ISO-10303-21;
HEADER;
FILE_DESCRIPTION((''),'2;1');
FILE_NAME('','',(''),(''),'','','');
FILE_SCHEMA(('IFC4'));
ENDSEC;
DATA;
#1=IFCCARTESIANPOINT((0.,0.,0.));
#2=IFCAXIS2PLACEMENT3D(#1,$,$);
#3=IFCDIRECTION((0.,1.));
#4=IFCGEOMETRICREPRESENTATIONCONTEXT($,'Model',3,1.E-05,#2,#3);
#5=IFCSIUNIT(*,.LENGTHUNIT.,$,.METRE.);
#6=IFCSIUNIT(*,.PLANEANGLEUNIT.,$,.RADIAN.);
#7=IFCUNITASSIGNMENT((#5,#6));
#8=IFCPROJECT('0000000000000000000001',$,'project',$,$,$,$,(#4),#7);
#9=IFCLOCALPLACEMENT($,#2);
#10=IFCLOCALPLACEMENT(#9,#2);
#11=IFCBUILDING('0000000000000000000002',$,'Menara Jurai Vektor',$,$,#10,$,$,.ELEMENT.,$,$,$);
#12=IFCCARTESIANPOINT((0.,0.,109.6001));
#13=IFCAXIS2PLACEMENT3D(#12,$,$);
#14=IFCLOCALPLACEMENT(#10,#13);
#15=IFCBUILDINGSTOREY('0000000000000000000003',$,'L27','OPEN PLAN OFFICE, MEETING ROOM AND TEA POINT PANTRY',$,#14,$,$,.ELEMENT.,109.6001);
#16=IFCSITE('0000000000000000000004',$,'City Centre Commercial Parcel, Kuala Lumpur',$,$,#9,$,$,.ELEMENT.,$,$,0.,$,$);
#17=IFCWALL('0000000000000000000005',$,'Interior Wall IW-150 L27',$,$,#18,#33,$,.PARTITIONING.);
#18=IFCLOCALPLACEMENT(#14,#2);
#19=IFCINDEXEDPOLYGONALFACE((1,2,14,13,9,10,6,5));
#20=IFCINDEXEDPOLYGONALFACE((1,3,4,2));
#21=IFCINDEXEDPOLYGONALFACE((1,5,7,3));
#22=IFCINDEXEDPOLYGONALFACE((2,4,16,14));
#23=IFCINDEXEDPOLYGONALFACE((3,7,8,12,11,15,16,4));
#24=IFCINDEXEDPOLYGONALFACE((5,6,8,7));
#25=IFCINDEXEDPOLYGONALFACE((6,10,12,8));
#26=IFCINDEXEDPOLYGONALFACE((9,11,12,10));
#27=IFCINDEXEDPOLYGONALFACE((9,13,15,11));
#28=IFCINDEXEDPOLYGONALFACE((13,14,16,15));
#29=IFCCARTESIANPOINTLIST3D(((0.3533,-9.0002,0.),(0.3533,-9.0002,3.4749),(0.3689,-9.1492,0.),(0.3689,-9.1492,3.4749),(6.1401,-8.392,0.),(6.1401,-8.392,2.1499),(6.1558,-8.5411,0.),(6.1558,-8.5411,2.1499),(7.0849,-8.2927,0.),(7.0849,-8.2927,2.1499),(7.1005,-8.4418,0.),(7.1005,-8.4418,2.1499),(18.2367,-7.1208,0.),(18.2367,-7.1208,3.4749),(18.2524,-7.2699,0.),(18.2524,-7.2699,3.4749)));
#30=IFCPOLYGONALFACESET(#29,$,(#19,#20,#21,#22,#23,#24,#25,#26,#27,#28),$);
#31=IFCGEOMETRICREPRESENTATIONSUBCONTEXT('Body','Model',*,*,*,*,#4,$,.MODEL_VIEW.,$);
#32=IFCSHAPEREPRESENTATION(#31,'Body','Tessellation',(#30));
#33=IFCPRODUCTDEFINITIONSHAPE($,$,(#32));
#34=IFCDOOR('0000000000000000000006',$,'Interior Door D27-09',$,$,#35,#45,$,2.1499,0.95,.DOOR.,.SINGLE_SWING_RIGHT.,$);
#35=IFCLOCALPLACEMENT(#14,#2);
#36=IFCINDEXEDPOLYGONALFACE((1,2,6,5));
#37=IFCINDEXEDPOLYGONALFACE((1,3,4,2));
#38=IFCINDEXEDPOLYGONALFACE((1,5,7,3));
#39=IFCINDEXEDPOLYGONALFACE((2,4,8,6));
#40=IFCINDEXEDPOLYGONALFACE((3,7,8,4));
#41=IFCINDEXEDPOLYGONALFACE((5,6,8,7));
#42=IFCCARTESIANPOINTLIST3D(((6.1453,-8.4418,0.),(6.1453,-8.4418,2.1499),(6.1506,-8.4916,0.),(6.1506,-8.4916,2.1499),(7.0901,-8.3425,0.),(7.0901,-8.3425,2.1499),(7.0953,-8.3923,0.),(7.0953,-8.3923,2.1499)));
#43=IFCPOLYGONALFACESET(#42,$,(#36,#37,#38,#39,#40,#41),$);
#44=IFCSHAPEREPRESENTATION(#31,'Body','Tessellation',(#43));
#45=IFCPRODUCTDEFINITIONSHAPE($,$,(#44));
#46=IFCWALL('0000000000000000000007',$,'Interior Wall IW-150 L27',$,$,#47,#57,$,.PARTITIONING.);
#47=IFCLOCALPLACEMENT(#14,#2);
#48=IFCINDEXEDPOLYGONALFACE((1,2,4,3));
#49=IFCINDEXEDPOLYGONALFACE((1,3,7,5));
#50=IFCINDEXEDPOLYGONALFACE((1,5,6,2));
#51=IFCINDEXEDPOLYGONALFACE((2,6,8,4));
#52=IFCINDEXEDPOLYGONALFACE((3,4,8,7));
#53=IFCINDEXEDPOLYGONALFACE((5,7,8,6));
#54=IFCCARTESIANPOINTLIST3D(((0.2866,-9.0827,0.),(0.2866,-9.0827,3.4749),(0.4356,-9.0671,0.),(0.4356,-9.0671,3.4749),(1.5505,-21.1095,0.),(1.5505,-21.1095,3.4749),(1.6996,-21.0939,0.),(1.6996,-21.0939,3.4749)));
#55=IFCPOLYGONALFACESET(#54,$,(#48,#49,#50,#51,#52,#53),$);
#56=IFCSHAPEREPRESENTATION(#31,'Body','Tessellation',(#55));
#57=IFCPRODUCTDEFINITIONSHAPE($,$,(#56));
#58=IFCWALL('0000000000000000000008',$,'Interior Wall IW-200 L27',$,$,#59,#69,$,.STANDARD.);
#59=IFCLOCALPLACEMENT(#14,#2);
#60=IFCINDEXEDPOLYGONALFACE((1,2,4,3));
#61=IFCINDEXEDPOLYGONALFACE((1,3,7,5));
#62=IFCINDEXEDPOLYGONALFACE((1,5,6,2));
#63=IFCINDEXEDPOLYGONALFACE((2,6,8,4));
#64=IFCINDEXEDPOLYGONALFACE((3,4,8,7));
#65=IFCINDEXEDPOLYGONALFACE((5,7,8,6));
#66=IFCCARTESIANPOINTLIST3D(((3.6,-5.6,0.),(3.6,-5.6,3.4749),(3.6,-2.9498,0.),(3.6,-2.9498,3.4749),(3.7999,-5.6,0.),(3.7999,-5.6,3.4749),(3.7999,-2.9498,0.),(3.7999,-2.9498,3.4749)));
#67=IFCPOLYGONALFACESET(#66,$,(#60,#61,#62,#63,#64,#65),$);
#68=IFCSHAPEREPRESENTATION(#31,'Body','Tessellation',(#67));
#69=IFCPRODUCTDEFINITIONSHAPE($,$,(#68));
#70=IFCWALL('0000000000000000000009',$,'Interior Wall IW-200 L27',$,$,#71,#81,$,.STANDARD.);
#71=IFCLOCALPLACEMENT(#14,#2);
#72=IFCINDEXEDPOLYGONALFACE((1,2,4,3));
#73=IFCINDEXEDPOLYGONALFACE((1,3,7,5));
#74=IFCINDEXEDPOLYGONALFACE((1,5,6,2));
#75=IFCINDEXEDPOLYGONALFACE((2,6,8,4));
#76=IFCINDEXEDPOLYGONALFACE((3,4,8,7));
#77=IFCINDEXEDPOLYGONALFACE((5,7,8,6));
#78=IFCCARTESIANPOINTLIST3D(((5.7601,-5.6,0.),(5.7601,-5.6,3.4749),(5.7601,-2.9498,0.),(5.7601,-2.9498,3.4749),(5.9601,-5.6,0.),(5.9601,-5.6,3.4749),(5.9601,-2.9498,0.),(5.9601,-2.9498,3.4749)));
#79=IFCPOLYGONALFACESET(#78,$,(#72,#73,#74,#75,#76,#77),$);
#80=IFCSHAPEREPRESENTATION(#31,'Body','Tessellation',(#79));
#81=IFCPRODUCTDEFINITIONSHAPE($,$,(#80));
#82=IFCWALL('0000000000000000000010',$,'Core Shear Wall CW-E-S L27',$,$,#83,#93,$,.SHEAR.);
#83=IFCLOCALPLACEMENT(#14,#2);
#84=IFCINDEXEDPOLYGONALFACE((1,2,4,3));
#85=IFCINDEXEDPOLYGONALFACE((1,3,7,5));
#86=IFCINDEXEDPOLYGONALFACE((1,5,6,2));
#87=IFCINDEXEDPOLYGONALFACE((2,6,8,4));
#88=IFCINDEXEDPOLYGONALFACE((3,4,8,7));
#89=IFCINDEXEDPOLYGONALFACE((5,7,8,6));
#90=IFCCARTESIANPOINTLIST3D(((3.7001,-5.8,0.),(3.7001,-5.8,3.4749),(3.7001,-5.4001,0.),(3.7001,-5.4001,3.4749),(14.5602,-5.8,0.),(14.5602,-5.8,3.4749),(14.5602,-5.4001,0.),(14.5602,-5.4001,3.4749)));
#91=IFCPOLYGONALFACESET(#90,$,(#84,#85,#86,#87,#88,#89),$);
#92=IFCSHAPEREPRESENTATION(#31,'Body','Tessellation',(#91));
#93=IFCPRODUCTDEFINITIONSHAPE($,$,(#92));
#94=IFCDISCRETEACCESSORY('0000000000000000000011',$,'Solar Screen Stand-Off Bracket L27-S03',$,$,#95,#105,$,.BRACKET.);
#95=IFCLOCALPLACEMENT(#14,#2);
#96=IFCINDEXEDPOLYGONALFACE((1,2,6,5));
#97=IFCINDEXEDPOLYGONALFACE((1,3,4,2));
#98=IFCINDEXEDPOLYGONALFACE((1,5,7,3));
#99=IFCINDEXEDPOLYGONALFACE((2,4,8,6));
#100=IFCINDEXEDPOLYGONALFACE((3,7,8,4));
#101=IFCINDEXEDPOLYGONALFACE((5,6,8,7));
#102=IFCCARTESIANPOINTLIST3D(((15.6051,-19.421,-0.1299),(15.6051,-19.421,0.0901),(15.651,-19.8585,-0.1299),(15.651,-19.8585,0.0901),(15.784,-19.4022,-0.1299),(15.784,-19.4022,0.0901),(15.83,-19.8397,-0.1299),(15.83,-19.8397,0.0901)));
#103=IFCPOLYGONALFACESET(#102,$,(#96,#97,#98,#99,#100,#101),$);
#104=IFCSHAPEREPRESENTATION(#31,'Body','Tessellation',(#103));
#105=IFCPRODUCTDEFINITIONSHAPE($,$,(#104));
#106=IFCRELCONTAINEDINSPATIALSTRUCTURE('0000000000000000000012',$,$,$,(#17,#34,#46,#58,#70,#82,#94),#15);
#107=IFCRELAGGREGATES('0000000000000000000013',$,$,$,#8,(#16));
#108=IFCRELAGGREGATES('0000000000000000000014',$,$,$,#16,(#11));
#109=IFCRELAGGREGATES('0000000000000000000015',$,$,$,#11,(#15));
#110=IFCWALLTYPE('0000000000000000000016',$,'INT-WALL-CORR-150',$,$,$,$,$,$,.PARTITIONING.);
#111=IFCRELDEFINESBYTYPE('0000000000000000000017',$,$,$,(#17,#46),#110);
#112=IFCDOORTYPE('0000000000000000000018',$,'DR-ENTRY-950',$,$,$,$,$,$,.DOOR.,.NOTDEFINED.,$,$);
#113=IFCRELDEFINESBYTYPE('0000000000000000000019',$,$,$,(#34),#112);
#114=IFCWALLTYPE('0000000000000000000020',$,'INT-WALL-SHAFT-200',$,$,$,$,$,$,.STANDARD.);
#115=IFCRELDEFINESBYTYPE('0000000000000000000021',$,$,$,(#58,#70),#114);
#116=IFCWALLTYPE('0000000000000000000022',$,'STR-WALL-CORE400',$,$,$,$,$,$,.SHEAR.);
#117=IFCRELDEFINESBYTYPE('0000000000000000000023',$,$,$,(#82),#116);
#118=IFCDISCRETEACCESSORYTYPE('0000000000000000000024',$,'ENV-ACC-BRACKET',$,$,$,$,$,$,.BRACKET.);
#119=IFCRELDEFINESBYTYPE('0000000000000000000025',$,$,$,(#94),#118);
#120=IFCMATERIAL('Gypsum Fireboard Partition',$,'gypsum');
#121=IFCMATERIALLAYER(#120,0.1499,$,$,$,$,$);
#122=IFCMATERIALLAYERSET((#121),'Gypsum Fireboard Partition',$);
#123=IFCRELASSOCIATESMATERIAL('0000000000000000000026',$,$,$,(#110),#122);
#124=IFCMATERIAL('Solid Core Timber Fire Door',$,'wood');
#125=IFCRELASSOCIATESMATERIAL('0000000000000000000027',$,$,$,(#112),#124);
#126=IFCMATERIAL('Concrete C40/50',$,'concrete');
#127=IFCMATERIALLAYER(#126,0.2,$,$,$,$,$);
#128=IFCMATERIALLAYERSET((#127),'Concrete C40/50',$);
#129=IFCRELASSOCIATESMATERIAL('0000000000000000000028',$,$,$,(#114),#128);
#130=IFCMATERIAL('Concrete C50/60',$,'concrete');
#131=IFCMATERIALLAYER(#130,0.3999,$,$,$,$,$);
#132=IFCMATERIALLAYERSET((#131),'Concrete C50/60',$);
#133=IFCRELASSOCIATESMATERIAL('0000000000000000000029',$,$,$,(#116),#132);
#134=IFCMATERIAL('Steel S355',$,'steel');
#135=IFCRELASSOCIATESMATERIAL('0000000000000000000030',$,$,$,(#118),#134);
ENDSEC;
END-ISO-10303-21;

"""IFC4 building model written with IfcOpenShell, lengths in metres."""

from ifc_helpers import new_model, si_unit, direction, frame, frame_2d, origin, origin_2d, place, context, subcontext, project, spatial, rectangle, extrude, material, layer, layer_set, type_object, element, fill, save


model = new_model("IFC4")

# Units and contexts
model_context = context("Model", 3, precision=1e-05, world=origin(), true_north=direction((0.0, 1.0)))
body_context = subcontext(model_context, "Body", "Model", "MODEL_VIEW")
ifc_project = project(units=[si_unit("LENGTHUNIT", "METRE"), si_unit("PLANEANGLEUNIT", "RADIAN")], contexts=[model_context])

# Site, building, storey
site_placement = place(None, origin())
site = spatial("IfcSite", under=ifc_project, at=site_placement, Name="City Centre Commercial Parcel, Kuala Lumpur", CompositionType="ELEMENT", RefElevation=0.0)
building_placement = place(site_placement, origin())
building = spatial("IfcBuilding", under=site, at=building_placement, Name="Menara Jurai Vektor", CompositionType="ELEMENT")
storey_placement = place(building_placement, frame((0.0, 0.0, 109.6001)))
storey = spatial("IfcBuildingStorey", under=building, at=storey_placement, Name="L27", Description="OPEN PLAN OFFICE, MEETING ROOM AND TEA POINT PANTRY", CompositionType="ELEMENT", Elevation=109.6001)

# Shared definitions
ifc_material_1 = material(Name="Concrete C50/60", Category="concrete")

# Shared definitions
ifc_material_2 = material(Name="Steel S355", Category="steel")

# Wall, opening, door
ifc_material_3 = material(Name="Gypsum Fireboard Partition", Category="gypsum")
ifc_layer_1 = layer(ifc_material_3, 0.1499)
ifc_layer_set_1 = layer_set([ifc_layer_1], Name="Gypsum Fireboard Partition")
wall_type_1 = type_object("IfcWallType", Name="INT-WALL-CORR-150", PredefinedType="PARTITIONING", material=ifc_layer_set_1)
wall_1_placement = place(storey_placement, frame((0.3611, -9.0747, 0.0), z_axis=(0.0, 0.0, 1.0), x_axis=(0.994523, 0.104515, 0.0)))
wall_1 = element("IfcWall", 1, at=wall_1_placement, inside=storey, type_object=wall_type_1, Name="Interior Wall IW-150 L27", PredefinedType="PARTITIONING", context=body_context, shape_type="SweptSolid", body=[
    extrude(rectangle(XDim=17.9819, YDim=0.1499, at=frame_2d((8.991, 0.0))), origin(), (0.0, 0.0, 1.0), 3.4749),
])
opening_placement = place(wall_1_placement, frame((5.8186, 0.0, 0.0)))
opening = element("IfcOpeningElement", 2, at=opening_placement, cuts=wall_1, PredefinedType="OPENING", context=body_context, shape_type="SweptSolid", body=[
    extrude(rectangle(XDim=0.95, YDim=2.1499, at=frame_2d((0.4751, 1.075))), frame((0.0, 0.085, 0.0), z_axis=(0.0, -1.0, 0.0), x_axis=(1.0, 0.0, 0.0)), (0.0, 0.0, 1.0), 0.1699),
])
ifc_material_4 = material(Name="Solid Core Timber Fire Door", Category="wood")
door_type = type_object("IfcDoorType", Name="DR-ENTRY-950", OperationType="NOTDEFINED", PredefinedType="DOOR", material=ifc_material_4)
door_placement = place(opening_placement, origin())
door = element("IfcDoor", 3, at=door_placement, inside=storey, type_object=door_type, Name="Interior Door D27-09", OperationType="SINGLE_SWING_RIGHT", OverallHeight=2.1499, OverallWidth=0.95, PredefinedType="DOOR", context=body_context, shape_type="SweptSolid", body=[
    extrude(rectangle(XDim=0.95, YDim=2.1499, at=frame_2d((0.4751, 1.075))), frame((0.0, 0.0249, 0.0), z_axis=(0.0, -1.0, 0.0), x_axis=(1.0, 0.0, 0.0)), (0.0, 0.0, 1.0), 0.05),
])
fill(opening, door)

# Walls
wall_2_placement = place(storey_placement, frame((1.625, -21.1016, 0.0), z_axis=(0.0, 0.0, 1.0), x_axis=(-0.104516, 0.994523, 0.0)))
element("IfcWall", 4, at=wall_2_placement, inside=storey, type_object=wall_type_1, Name="Interior Wall IW-150 L27", PredefinedType="PARTITIONING", context=body_context, shape_type="SweptSolid", body=[
    extrude(rectangle(XDim=12.093, YDim=0.1499, at=frame_2d((6.0464, 0.0))), origin(), (0.0, 0.0, 1.0), 3.4749),
])
ifc_material_5 = material(Name="Concrete C40/50", Category="concrete")
ifc_layer_2 = layer(ifc_material_5, 0.2)
ifc_layer_set_2 = layer_set([ifc_layer_2], Name="Concrete C40/50")
wall_type_2 = type_object("IfcWallType", Name="INT-WALL-SHAFT-200", PredefinedType="STANDARD", material=ifc_layer_set_2)
for number, where, z_axis, x_axis, name in (
    (5, (3.7, -5.6001, 0.0), (0.0, 0.0, 1.0), (0.0, 1.0, 0.0), "Interior Wall IW-200 L27"),
    (6, (5.8601, -5.6001, 0.0), (0.0, 0.0, 1.0), (0.0, 1.0, 0.0), "Interior Wall IW-200 L27"),
):
    element("IfcWall", number, at=place(storey_placement, frame(where, z_axis=z_axis, x_axis=x_axis)), inside=storey, type_object=wall_type_2, Name=name, PredefinedType="STANDARD", context=body_context, shape_type="SweptSolid", body=[
        extrude(rectangle(XDim=2.6501, YDim=0.2, at=frame_2d((1.3252, 0.0))), origin(), (0.0, 0.0, 1.0), 3.4749),
    ])
ifc_layer_3 = layer(ifc_material_1, 0.3999)
ifc_layer_set_3 = layer_set([ifc_layer_3], Name="Concrete C50/60")
wall_type_3 = type_object("IfcWallType", Name="STR-WALL-CORE400", PredefinedType="SHEAR", material=ifc_layer_set_3)
wall_3_placement = place(storey_placement, frame((3.7, -5.6001, 0.0), z_axis=(0.0, 0.0, 1.0), x_axis=(1.0, 0.0, 0.0)))
element("IfcWall", 7, at=wall_3_placement, inside=storey, type_object=wall_type_3, Name="Core Shear Wall CW-E-S L27", PredefinedType="SHEAR", context=body_context, shape_type="SweptSolid", body=[
    extrude(rectangle(XDim=10.8601, YDim=0.3999, at=frame_2d((5.4302, 0.0))), origin(), (0.0, 0.0, 1.0), 3.4749),
])

# Discrete accessory
discrete_accessory_type = type_object("IfcDiscreteAccessoryType", Name="ENV-ACC-BRACKET", PredefinedType="BRACKET", material=ifc_material_2)
discrete_accessory_placement = place(storey_placement, frame((15.7175, -19.6304, -0.1299), z_axis=(0.0, 0.0, 1.0), x_axis=(0.994522, 0.104528, 0.0)))
element("IfcDiscreteAccessory", 8, at=discrete_accessory_placement, inside=storey, type_object=discrete_accessory_type, Name="Solar Screen Stand-Off Bracket L27-S03", PredefinedType="BRACKET", context=body_context, shape_type="SweptSolid", body=[
    extrude(rectangle(XDim=0.1799, YDim=0.4399, at=origin_2d()), origin(), (0.0, 0.0, 1.0), 0.22),
])

save(model, "model.ifc")
